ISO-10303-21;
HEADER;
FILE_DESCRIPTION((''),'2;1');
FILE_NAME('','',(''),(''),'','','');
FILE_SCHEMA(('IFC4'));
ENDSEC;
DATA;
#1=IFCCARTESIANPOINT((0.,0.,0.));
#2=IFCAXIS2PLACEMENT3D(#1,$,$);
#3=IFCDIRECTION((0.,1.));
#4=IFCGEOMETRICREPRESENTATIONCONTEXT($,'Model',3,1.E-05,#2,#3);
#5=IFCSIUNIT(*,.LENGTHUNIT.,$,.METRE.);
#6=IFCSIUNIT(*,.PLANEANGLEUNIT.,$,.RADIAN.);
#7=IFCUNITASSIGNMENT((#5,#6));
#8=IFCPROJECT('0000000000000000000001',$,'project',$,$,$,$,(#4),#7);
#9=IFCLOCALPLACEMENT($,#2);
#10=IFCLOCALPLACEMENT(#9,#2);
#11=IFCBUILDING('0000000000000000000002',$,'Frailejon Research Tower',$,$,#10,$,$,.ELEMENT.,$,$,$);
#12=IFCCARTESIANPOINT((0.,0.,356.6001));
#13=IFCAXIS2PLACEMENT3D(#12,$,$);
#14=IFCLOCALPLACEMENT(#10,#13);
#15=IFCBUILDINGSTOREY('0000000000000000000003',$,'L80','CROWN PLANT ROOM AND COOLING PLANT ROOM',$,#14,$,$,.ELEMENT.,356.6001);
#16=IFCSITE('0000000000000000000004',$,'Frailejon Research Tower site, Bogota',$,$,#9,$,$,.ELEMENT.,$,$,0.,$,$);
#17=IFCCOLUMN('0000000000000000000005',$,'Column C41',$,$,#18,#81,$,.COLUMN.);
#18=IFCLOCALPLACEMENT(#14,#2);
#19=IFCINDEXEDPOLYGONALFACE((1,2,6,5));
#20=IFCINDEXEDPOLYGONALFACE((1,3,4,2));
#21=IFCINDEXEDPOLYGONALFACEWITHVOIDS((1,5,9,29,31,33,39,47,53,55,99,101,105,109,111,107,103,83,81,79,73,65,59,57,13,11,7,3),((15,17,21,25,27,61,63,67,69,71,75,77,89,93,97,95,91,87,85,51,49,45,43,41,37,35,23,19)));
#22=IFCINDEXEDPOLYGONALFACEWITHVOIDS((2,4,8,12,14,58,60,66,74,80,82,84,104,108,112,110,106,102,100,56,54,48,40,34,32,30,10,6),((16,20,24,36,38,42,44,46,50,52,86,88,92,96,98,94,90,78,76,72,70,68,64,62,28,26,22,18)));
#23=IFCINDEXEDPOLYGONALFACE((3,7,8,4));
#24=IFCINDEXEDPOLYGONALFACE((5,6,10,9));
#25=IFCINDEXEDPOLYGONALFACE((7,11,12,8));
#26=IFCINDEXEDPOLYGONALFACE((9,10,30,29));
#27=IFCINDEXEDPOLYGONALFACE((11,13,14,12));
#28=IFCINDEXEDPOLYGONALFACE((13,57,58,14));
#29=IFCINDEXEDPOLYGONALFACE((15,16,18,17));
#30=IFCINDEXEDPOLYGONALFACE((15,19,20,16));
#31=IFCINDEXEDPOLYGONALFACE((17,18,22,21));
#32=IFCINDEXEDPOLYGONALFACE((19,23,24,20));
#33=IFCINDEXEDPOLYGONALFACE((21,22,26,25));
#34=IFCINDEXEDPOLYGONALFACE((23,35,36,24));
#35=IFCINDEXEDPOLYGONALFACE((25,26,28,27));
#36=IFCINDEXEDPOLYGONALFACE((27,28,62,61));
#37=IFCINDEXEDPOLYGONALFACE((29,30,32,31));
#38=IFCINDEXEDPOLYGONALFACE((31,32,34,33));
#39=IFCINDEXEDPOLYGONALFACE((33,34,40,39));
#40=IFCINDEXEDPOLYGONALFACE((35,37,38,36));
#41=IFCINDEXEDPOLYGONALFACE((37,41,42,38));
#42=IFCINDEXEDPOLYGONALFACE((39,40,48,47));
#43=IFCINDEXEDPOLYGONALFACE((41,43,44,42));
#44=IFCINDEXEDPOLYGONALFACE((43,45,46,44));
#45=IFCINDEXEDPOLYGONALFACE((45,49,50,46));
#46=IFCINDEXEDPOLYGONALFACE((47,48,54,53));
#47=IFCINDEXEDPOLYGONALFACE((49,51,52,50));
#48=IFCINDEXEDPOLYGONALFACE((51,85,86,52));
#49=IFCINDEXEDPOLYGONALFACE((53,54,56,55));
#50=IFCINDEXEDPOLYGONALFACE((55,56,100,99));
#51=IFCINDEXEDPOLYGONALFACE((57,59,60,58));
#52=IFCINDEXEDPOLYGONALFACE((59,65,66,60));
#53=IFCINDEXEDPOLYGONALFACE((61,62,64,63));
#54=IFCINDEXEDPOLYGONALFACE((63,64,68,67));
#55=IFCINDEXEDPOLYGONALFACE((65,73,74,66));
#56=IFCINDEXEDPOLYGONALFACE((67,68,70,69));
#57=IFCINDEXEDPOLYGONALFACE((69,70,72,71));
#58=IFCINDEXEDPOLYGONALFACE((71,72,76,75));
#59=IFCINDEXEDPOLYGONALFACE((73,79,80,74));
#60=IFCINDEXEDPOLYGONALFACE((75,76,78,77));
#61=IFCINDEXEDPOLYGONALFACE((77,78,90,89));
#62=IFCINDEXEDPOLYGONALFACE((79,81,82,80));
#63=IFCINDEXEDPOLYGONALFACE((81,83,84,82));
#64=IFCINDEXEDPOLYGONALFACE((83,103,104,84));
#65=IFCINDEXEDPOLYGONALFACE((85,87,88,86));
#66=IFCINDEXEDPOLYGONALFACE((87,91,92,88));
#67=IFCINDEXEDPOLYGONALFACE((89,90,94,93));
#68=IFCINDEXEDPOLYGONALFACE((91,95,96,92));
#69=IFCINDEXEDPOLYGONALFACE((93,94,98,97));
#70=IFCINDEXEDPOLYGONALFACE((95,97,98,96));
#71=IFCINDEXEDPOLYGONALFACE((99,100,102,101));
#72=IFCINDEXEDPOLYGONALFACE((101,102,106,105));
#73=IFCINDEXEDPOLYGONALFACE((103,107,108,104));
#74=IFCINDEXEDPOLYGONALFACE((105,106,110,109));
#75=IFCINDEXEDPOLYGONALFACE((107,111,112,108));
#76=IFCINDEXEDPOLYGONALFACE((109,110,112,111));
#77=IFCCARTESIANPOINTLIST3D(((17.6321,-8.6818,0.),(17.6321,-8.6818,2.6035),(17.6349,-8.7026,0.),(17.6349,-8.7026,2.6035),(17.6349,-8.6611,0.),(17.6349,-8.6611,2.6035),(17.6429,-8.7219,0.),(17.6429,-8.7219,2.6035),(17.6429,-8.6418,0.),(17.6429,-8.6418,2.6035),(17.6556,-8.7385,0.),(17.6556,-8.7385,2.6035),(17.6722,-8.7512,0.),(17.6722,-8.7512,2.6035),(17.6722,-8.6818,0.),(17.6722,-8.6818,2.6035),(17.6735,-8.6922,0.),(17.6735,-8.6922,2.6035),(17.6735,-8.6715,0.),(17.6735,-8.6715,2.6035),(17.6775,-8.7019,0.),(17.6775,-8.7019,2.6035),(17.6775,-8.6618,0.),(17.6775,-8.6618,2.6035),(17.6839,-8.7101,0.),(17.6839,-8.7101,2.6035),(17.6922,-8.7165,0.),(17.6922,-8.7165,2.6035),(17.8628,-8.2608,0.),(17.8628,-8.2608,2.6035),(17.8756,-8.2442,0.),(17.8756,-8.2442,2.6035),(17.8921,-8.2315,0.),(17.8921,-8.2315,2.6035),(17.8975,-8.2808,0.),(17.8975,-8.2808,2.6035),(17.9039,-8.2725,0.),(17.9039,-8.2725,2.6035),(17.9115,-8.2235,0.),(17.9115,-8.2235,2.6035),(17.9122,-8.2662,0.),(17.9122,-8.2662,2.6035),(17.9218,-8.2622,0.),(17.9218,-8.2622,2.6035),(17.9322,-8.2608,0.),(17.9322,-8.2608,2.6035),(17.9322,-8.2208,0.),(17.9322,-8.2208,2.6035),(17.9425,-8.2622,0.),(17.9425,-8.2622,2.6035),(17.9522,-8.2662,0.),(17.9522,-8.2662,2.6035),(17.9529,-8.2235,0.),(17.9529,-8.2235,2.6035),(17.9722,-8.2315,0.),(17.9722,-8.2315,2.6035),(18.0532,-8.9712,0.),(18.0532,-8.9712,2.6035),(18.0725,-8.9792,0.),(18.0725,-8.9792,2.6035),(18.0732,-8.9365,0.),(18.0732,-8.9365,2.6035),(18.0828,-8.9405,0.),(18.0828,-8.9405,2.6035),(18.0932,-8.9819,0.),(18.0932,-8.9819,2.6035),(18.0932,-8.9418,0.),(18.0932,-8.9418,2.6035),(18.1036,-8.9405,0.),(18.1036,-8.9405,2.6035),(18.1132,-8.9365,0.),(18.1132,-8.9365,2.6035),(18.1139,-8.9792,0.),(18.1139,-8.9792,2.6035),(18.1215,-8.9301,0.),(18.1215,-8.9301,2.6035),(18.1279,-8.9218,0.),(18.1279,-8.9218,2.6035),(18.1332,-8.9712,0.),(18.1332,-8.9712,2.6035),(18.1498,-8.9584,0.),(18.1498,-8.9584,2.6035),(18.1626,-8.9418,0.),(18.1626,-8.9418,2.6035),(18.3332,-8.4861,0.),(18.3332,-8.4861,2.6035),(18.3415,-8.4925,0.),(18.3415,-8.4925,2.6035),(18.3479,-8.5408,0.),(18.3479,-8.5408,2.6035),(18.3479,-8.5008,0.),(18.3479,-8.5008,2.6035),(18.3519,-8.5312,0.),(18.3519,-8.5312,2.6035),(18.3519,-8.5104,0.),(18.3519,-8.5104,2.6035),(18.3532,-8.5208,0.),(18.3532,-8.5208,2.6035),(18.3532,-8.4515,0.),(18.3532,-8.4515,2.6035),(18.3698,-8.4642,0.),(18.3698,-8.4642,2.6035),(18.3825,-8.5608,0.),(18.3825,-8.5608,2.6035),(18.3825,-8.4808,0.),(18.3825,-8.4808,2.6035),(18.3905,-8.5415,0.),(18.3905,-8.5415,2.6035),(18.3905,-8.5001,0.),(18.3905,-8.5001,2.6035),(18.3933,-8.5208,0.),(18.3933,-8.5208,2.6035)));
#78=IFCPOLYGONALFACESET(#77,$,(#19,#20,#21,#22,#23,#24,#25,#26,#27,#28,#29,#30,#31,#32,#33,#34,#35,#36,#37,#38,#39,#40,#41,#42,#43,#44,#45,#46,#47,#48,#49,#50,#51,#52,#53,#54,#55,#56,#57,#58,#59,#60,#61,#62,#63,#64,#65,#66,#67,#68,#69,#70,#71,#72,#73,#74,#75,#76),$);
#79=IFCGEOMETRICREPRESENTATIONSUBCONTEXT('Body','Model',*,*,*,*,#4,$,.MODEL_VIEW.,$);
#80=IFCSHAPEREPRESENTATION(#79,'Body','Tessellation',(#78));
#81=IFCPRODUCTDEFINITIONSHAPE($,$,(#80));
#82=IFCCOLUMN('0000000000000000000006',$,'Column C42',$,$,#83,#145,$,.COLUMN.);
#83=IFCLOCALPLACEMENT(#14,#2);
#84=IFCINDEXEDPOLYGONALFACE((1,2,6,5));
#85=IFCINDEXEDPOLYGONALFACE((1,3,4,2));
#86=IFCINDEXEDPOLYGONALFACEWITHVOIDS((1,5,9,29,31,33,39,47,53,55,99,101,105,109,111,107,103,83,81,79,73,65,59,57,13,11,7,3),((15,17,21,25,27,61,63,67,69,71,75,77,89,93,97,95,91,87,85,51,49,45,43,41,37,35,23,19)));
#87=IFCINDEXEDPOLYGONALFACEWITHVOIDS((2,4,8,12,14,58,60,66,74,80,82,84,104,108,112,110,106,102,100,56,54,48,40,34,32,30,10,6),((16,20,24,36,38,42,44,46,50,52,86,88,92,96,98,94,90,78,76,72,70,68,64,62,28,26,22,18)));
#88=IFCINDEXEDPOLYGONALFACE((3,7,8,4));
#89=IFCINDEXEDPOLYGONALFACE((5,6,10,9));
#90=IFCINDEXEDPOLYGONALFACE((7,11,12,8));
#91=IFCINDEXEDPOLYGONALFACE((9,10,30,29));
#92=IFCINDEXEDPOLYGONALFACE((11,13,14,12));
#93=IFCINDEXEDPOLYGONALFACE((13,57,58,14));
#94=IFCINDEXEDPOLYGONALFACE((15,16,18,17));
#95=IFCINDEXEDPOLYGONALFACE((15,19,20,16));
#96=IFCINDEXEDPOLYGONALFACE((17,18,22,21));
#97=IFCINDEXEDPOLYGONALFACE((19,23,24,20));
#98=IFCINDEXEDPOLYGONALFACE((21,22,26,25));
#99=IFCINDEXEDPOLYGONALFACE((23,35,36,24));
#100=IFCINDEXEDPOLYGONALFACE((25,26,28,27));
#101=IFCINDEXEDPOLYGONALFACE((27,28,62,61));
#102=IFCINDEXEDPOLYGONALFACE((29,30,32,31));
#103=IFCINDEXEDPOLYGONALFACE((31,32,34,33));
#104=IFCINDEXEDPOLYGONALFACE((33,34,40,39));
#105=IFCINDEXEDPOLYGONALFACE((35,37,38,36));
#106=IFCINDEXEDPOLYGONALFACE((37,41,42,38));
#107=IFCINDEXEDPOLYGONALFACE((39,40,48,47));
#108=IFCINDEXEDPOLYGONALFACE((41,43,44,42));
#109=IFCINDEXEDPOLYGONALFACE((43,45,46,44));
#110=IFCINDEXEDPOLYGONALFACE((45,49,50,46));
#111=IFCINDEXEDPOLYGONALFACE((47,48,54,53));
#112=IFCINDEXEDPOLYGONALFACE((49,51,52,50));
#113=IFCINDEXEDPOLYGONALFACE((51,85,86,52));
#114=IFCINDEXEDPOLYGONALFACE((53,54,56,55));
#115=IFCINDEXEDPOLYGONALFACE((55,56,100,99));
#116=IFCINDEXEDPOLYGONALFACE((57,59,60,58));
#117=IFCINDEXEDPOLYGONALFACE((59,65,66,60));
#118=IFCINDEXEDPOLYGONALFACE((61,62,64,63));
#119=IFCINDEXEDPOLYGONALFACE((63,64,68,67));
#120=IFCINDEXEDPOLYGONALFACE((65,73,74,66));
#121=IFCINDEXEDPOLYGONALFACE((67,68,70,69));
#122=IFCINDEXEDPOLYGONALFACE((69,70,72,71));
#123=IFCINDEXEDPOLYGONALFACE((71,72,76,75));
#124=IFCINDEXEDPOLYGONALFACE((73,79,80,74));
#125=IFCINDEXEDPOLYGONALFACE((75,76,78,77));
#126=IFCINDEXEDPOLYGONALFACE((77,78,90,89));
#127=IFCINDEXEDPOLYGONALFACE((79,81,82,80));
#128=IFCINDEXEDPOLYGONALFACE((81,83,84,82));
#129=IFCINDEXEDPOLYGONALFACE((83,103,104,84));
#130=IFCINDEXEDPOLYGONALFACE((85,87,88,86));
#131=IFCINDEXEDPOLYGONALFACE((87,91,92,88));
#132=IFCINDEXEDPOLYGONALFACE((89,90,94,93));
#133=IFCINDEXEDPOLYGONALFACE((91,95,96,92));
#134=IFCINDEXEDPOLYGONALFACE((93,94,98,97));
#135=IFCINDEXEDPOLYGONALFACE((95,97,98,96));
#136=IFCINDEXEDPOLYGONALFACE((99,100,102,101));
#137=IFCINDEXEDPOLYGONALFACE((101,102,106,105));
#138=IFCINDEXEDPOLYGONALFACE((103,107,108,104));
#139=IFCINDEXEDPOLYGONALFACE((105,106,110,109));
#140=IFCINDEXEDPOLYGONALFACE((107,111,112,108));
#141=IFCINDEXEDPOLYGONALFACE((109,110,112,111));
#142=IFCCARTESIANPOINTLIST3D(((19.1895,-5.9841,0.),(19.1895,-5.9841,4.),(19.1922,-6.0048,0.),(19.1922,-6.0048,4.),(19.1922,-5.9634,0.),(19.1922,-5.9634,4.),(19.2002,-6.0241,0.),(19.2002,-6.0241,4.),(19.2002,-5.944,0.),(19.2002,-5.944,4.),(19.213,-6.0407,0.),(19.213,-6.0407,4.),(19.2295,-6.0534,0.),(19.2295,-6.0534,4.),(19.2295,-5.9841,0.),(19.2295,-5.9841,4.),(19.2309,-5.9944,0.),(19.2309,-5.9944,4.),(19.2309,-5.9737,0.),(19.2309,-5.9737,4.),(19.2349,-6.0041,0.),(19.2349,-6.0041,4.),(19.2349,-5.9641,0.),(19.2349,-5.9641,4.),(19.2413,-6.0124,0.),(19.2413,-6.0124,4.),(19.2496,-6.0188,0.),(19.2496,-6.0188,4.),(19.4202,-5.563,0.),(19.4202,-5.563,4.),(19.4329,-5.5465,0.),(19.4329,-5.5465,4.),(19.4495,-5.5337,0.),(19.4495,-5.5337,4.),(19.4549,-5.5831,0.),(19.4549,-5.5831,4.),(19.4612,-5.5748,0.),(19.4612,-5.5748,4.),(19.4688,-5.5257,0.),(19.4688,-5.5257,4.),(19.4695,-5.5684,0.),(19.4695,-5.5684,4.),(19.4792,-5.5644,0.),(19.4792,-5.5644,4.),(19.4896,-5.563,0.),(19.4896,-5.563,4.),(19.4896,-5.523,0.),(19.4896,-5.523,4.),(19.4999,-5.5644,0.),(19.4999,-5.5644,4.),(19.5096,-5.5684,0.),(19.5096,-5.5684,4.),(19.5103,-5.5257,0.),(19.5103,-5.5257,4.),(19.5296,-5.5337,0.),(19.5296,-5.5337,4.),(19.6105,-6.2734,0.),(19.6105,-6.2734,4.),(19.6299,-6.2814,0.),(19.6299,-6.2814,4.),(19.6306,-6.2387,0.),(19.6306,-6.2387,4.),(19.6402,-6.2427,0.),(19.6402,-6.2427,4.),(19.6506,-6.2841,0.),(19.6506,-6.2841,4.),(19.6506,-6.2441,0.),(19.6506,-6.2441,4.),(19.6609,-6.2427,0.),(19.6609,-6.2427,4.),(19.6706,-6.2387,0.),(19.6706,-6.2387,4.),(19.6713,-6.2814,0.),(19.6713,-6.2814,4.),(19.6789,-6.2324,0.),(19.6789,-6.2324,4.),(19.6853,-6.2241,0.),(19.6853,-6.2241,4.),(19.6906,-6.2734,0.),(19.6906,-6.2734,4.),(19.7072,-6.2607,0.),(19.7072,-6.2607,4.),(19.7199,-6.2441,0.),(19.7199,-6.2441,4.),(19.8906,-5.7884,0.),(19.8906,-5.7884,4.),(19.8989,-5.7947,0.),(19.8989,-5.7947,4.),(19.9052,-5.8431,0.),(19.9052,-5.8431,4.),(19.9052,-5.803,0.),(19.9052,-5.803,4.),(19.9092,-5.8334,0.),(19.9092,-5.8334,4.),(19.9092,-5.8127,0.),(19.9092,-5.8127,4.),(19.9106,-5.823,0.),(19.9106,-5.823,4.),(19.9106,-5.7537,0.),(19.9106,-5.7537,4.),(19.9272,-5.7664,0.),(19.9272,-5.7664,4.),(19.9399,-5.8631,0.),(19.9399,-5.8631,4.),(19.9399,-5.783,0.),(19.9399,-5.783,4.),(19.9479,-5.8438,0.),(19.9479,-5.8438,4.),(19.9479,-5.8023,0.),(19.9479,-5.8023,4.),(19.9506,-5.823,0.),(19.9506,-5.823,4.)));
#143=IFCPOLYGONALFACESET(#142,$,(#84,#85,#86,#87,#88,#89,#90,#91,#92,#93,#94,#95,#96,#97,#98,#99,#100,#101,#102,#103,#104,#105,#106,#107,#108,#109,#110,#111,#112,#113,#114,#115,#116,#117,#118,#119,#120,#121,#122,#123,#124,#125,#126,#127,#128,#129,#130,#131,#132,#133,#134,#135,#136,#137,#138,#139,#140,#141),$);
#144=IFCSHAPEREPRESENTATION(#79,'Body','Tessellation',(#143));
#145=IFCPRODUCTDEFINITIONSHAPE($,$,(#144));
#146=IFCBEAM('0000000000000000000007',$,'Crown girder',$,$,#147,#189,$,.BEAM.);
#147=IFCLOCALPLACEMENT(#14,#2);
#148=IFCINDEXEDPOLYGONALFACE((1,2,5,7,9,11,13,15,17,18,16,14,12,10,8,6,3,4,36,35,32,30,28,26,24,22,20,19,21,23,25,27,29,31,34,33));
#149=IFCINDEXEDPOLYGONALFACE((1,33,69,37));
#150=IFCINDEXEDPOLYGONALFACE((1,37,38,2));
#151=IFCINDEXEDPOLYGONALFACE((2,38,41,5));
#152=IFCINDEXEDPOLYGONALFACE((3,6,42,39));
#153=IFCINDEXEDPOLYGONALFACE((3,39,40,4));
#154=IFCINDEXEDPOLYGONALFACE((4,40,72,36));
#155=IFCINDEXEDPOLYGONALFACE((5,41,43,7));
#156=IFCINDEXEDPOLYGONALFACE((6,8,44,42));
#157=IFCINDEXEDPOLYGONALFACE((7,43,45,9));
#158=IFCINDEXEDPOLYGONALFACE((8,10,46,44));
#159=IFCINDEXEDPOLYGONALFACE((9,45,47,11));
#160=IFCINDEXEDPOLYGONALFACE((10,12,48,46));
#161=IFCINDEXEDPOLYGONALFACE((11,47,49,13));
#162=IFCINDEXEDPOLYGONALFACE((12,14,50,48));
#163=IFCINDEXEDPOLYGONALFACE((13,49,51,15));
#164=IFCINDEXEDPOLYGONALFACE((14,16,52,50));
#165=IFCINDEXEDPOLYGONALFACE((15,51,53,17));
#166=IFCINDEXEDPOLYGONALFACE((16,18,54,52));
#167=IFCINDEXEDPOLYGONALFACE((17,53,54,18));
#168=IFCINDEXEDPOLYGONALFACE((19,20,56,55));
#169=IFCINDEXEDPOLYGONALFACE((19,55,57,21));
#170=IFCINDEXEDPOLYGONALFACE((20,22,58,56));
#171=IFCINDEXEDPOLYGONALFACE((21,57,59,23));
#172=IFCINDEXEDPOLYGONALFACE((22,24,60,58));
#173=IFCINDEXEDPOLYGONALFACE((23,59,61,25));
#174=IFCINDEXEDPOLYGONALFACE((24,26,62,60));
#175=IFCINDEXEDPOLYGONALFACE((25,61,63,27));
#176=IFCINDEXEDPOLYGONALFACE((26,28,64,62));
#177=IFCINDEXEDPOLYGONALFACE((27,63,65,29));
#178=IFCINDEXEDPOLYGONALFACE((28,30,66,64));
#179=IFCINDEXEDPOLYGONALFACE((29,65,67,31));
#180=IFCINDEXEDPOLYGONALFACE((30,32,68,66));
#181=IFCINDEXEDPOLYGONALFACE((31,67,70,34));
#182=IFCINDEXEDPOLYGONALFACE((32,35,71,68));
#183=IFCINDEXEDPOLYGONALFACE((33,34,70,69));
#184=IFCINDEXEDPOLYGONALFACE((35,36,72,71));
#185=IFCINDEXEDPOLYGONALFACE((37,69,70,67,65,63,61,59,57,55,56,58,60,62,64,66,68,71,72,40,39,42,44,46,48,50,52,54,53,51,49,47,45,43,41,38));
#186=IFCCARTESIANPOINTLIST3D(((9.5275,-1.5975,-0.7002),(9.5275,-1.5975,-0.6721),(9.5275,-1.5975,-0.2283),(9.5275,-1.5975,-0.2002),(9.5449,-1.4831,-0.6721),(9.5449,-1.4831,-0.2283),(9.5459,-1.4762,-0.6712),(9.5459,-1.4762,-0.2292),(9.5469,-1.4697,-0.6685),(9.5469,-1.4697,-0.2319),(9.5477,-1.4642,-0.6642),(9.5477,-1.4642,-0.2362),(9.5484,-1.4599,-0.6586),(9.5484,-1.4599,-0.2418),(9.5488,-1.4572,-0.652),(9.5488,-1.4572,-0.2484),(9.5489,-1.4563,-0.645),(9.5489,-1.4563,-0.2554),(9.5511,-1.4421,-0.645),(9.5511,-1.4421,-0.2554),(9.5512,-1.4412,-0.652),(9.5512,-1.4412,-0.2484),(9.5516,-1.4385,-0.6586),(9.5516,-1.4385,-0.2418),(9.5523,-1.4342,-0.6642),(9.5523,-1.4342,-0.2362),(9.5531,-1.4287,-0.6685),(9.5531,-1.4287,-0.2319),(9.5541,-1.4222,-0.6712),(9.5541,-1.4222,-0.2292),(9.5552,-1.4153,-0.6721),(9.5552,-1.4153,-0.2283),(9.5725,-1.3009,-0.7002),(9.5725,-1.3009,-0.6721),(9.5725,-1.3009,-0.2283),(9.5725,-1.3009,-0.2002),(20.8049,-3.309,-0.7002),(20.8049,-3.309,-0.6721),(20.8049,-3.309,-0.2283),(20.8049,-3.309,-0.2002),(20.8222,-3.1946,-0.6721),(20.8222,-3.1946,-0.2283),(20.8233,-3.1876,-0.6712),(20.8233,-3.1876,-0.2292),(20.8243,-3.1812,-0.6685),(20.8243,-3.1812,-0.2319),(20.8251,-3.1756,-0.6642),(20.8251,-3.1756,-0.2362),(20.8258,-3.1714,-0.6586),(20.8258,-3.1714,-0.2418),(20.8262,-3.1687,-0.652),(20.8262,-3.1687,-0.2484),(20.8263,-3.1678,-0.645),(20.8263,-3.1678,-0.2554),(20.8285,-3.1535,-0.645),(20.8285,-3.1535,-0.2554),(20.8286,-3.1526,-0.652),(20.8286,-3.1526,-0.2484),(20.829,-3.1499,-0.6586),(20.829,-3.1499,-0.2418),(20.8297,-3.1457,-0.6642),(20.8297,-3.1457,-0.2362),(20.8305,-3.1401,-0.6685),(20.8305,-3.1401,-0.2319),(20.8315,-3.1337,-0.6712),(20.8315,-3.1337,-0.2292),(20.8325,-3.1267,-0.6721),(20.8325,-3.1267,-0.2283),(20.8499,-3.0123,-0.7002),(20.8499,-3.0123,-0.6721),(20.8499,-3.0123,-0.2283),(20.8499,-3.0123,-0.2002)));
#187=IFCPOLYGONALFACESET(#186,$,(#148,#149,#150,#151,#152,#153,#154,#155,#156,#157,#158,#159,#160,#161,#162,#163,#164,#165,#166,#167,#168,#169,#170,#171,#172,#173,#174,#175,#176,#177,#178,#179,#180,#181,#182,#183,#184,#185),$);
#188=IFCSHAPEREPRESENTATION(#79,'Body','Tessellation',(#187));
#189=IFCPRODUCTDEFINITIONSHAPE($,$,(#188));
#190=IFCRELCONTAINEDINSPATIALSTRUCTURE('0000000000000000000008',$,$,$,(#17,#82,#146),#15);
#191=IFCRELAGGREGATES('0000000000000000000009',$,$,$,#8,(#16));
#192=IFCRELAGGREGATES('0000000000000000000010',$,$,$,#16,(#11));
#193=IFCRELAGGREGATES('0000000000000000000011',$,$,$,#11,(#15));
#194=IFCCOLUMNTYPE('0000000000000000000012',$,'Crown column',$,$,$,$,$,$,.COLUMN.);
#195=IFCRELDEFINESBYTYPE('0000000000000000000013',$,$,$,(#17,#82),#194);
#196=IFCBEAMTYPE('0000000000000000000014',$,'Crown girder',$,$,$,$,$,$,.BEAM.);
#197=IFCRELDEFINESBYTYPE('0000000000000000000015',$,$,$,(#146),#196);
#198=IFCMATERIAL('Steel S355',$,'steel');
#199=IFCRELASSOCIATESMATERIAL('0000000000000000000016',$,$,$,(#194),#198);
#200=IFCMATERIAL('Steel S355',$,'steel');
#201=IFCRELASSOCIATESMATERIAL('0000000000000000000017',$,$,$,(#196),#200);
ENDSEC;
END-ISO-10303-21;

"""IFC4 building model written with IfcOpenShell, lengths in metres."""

from ifc_helpers import new_model, si_unit, direction, frame, origin, origin_2d, place, context, subcontext, project, spatial, hollow_rectangle, i_section, extrude, material, material_profile, profile_set, type_object, element, save


model = new_model("IFC4")

# Units and contexts
model_context = context("Model", 3, precision=1e-05, world=origin(), true_north=direction((0.0, 1.0)))
body_context = subcontext(model_context, "Body", "Model", "MODEL_VIEW")
ifc_project = project(units=[si_unit("LENGTHUNIT", "METRE"), si_unit("PLANEANGLEUNIT", "RADIAN")], contexts=[model_context])

# Site, building, storey
site_placement = place(None, origin())
site = spatial("IfcSite", under=ifc_project, at=site_placement, Name="Frailejon Research Tower site, Bogota", CompositionType="ELEMENT", RefElevation=0.0)
building_placement = place(site_placement, origin())
building = spatial("IfcBuilding", under=site, at=building_placement, Name="Frailejon Research Tower", CompositionType="ELEMENT")
storey_placement = place(building_placement, frame((0.0, 0.0, 356.6001)))
storey = spatial("IfcBuildingStorey", under=building, at=storey_placement, Name="L80", Description="CROWN PLANT ROOM AND COOLING PLANT ROOM", CompositionType="ELEMENT", Elevation=356.6001)

# Columns
ifc_material_1 = material(Name="Steel S355", Category="steel")
ifc_material_profile_1 = material_profile(ifc_material_1, hollow_rectangle(XDim=0.6001, YDim=0.6001, WallThickness=0.04, InnerFilletRadius=0.04, OuterFilletRadius=0.0801, at=origin_2d()), Name="Crown column")
ifc_profile_set_1 = profile_set([ifc_material_profile_1], Name="Steel S355")
column_type = type_object("IfcColumnType", Name="Crown column", PredefinedType="COLUMN", material=ifc_profile_set_1)
column_1_placement = place(storey_placement, frame((18.0127, -8.6013, 0.0), z_axis=(0.0, 0.0, 1.0), x_axis=(0.5, 0.866025, 0.0)))
element("IfcColumn", 1, at=column_1_placement, inside=storey, type_object=column_type, Name="Column C41", PredefinedType="COLUMN", context=body_context, shape_type="SweptSolid", body=[
    extrude(hollow_rectangle(XDim=0.6001, YDim=0.6001, WallThickness=0.04, InnerFilletRadius=0.04, OuterFilletRadius=0.0801, at=origin_2d()), origin(), (0.0, 0.0, 1.0), 2.6035),
])
column_2_placement = place(storey_placement, frame((19.5701, -5.9036, 0.0), z_axis=(0.0, 0.0, 1.0), x_axis=(0.5, 0.866025, 0.0)))
element("IfcColumn", 2, at=column_2_placement, inside=storey, type_object=column_type, Name="Column C42", PredefinedType="COLUMN", context=body_context, shape_type="SweptSolid", body=[
    extrude(hollow_rectangle(XDim=0.6001, YDim=0.6001, WallThickness=0.04, InnerFilletRadius=0.04, OuterFilletRadius=0.0801, at=origin_2d()), origin(), (0.0, 0.0, 1.0), 4.0),
])

# Beam
ifc_material_2 = material(Name="Steel S355", Category="steel")
ifc_material_profile_2 = material_profile(ifc_material_2, i_section(OverallWidth=0.3, OverallDepth=0.5, WebThickness=0.0144, FlangeThickness=0.0281, FilletRadius=0.0271, at=origin_2d()), Name="HE 500 B")
ifc_profile_set_2 = profile_set([ifc_material_profile_2], Name="Steel S355")
beam_type_1 = type_object("IfcBeamType", Name="Crown girder", PredefinedType="BEAM", material=ifc_profile_set_2)
beam_1_placement = place(storey_placement, frame((20.8274, -3.1606, -0.4502), z_axis=(-0.98868, 0.15004, 0.0), x_axis=(-0.15004, -0.98868, 0.0)))
element("IfcBeam", 3, at=beam_1_placement, inside=storey, type_object=beam_type_1, Name="Crown girder", PredefinedType="BEAM", context=body_context, shape_type="SweptSolid", body=[
    extrude(i_section(OverallWidth=0.3, OverallDepth=0.5, WebThickness=0.0144, FlangeThickness=0.0281, FilletRadius=0.0271, at=origin_2d()), origin(), (0.0, 0.0, 1.0), 11.4065),
])

save(model, "model.ifc")
